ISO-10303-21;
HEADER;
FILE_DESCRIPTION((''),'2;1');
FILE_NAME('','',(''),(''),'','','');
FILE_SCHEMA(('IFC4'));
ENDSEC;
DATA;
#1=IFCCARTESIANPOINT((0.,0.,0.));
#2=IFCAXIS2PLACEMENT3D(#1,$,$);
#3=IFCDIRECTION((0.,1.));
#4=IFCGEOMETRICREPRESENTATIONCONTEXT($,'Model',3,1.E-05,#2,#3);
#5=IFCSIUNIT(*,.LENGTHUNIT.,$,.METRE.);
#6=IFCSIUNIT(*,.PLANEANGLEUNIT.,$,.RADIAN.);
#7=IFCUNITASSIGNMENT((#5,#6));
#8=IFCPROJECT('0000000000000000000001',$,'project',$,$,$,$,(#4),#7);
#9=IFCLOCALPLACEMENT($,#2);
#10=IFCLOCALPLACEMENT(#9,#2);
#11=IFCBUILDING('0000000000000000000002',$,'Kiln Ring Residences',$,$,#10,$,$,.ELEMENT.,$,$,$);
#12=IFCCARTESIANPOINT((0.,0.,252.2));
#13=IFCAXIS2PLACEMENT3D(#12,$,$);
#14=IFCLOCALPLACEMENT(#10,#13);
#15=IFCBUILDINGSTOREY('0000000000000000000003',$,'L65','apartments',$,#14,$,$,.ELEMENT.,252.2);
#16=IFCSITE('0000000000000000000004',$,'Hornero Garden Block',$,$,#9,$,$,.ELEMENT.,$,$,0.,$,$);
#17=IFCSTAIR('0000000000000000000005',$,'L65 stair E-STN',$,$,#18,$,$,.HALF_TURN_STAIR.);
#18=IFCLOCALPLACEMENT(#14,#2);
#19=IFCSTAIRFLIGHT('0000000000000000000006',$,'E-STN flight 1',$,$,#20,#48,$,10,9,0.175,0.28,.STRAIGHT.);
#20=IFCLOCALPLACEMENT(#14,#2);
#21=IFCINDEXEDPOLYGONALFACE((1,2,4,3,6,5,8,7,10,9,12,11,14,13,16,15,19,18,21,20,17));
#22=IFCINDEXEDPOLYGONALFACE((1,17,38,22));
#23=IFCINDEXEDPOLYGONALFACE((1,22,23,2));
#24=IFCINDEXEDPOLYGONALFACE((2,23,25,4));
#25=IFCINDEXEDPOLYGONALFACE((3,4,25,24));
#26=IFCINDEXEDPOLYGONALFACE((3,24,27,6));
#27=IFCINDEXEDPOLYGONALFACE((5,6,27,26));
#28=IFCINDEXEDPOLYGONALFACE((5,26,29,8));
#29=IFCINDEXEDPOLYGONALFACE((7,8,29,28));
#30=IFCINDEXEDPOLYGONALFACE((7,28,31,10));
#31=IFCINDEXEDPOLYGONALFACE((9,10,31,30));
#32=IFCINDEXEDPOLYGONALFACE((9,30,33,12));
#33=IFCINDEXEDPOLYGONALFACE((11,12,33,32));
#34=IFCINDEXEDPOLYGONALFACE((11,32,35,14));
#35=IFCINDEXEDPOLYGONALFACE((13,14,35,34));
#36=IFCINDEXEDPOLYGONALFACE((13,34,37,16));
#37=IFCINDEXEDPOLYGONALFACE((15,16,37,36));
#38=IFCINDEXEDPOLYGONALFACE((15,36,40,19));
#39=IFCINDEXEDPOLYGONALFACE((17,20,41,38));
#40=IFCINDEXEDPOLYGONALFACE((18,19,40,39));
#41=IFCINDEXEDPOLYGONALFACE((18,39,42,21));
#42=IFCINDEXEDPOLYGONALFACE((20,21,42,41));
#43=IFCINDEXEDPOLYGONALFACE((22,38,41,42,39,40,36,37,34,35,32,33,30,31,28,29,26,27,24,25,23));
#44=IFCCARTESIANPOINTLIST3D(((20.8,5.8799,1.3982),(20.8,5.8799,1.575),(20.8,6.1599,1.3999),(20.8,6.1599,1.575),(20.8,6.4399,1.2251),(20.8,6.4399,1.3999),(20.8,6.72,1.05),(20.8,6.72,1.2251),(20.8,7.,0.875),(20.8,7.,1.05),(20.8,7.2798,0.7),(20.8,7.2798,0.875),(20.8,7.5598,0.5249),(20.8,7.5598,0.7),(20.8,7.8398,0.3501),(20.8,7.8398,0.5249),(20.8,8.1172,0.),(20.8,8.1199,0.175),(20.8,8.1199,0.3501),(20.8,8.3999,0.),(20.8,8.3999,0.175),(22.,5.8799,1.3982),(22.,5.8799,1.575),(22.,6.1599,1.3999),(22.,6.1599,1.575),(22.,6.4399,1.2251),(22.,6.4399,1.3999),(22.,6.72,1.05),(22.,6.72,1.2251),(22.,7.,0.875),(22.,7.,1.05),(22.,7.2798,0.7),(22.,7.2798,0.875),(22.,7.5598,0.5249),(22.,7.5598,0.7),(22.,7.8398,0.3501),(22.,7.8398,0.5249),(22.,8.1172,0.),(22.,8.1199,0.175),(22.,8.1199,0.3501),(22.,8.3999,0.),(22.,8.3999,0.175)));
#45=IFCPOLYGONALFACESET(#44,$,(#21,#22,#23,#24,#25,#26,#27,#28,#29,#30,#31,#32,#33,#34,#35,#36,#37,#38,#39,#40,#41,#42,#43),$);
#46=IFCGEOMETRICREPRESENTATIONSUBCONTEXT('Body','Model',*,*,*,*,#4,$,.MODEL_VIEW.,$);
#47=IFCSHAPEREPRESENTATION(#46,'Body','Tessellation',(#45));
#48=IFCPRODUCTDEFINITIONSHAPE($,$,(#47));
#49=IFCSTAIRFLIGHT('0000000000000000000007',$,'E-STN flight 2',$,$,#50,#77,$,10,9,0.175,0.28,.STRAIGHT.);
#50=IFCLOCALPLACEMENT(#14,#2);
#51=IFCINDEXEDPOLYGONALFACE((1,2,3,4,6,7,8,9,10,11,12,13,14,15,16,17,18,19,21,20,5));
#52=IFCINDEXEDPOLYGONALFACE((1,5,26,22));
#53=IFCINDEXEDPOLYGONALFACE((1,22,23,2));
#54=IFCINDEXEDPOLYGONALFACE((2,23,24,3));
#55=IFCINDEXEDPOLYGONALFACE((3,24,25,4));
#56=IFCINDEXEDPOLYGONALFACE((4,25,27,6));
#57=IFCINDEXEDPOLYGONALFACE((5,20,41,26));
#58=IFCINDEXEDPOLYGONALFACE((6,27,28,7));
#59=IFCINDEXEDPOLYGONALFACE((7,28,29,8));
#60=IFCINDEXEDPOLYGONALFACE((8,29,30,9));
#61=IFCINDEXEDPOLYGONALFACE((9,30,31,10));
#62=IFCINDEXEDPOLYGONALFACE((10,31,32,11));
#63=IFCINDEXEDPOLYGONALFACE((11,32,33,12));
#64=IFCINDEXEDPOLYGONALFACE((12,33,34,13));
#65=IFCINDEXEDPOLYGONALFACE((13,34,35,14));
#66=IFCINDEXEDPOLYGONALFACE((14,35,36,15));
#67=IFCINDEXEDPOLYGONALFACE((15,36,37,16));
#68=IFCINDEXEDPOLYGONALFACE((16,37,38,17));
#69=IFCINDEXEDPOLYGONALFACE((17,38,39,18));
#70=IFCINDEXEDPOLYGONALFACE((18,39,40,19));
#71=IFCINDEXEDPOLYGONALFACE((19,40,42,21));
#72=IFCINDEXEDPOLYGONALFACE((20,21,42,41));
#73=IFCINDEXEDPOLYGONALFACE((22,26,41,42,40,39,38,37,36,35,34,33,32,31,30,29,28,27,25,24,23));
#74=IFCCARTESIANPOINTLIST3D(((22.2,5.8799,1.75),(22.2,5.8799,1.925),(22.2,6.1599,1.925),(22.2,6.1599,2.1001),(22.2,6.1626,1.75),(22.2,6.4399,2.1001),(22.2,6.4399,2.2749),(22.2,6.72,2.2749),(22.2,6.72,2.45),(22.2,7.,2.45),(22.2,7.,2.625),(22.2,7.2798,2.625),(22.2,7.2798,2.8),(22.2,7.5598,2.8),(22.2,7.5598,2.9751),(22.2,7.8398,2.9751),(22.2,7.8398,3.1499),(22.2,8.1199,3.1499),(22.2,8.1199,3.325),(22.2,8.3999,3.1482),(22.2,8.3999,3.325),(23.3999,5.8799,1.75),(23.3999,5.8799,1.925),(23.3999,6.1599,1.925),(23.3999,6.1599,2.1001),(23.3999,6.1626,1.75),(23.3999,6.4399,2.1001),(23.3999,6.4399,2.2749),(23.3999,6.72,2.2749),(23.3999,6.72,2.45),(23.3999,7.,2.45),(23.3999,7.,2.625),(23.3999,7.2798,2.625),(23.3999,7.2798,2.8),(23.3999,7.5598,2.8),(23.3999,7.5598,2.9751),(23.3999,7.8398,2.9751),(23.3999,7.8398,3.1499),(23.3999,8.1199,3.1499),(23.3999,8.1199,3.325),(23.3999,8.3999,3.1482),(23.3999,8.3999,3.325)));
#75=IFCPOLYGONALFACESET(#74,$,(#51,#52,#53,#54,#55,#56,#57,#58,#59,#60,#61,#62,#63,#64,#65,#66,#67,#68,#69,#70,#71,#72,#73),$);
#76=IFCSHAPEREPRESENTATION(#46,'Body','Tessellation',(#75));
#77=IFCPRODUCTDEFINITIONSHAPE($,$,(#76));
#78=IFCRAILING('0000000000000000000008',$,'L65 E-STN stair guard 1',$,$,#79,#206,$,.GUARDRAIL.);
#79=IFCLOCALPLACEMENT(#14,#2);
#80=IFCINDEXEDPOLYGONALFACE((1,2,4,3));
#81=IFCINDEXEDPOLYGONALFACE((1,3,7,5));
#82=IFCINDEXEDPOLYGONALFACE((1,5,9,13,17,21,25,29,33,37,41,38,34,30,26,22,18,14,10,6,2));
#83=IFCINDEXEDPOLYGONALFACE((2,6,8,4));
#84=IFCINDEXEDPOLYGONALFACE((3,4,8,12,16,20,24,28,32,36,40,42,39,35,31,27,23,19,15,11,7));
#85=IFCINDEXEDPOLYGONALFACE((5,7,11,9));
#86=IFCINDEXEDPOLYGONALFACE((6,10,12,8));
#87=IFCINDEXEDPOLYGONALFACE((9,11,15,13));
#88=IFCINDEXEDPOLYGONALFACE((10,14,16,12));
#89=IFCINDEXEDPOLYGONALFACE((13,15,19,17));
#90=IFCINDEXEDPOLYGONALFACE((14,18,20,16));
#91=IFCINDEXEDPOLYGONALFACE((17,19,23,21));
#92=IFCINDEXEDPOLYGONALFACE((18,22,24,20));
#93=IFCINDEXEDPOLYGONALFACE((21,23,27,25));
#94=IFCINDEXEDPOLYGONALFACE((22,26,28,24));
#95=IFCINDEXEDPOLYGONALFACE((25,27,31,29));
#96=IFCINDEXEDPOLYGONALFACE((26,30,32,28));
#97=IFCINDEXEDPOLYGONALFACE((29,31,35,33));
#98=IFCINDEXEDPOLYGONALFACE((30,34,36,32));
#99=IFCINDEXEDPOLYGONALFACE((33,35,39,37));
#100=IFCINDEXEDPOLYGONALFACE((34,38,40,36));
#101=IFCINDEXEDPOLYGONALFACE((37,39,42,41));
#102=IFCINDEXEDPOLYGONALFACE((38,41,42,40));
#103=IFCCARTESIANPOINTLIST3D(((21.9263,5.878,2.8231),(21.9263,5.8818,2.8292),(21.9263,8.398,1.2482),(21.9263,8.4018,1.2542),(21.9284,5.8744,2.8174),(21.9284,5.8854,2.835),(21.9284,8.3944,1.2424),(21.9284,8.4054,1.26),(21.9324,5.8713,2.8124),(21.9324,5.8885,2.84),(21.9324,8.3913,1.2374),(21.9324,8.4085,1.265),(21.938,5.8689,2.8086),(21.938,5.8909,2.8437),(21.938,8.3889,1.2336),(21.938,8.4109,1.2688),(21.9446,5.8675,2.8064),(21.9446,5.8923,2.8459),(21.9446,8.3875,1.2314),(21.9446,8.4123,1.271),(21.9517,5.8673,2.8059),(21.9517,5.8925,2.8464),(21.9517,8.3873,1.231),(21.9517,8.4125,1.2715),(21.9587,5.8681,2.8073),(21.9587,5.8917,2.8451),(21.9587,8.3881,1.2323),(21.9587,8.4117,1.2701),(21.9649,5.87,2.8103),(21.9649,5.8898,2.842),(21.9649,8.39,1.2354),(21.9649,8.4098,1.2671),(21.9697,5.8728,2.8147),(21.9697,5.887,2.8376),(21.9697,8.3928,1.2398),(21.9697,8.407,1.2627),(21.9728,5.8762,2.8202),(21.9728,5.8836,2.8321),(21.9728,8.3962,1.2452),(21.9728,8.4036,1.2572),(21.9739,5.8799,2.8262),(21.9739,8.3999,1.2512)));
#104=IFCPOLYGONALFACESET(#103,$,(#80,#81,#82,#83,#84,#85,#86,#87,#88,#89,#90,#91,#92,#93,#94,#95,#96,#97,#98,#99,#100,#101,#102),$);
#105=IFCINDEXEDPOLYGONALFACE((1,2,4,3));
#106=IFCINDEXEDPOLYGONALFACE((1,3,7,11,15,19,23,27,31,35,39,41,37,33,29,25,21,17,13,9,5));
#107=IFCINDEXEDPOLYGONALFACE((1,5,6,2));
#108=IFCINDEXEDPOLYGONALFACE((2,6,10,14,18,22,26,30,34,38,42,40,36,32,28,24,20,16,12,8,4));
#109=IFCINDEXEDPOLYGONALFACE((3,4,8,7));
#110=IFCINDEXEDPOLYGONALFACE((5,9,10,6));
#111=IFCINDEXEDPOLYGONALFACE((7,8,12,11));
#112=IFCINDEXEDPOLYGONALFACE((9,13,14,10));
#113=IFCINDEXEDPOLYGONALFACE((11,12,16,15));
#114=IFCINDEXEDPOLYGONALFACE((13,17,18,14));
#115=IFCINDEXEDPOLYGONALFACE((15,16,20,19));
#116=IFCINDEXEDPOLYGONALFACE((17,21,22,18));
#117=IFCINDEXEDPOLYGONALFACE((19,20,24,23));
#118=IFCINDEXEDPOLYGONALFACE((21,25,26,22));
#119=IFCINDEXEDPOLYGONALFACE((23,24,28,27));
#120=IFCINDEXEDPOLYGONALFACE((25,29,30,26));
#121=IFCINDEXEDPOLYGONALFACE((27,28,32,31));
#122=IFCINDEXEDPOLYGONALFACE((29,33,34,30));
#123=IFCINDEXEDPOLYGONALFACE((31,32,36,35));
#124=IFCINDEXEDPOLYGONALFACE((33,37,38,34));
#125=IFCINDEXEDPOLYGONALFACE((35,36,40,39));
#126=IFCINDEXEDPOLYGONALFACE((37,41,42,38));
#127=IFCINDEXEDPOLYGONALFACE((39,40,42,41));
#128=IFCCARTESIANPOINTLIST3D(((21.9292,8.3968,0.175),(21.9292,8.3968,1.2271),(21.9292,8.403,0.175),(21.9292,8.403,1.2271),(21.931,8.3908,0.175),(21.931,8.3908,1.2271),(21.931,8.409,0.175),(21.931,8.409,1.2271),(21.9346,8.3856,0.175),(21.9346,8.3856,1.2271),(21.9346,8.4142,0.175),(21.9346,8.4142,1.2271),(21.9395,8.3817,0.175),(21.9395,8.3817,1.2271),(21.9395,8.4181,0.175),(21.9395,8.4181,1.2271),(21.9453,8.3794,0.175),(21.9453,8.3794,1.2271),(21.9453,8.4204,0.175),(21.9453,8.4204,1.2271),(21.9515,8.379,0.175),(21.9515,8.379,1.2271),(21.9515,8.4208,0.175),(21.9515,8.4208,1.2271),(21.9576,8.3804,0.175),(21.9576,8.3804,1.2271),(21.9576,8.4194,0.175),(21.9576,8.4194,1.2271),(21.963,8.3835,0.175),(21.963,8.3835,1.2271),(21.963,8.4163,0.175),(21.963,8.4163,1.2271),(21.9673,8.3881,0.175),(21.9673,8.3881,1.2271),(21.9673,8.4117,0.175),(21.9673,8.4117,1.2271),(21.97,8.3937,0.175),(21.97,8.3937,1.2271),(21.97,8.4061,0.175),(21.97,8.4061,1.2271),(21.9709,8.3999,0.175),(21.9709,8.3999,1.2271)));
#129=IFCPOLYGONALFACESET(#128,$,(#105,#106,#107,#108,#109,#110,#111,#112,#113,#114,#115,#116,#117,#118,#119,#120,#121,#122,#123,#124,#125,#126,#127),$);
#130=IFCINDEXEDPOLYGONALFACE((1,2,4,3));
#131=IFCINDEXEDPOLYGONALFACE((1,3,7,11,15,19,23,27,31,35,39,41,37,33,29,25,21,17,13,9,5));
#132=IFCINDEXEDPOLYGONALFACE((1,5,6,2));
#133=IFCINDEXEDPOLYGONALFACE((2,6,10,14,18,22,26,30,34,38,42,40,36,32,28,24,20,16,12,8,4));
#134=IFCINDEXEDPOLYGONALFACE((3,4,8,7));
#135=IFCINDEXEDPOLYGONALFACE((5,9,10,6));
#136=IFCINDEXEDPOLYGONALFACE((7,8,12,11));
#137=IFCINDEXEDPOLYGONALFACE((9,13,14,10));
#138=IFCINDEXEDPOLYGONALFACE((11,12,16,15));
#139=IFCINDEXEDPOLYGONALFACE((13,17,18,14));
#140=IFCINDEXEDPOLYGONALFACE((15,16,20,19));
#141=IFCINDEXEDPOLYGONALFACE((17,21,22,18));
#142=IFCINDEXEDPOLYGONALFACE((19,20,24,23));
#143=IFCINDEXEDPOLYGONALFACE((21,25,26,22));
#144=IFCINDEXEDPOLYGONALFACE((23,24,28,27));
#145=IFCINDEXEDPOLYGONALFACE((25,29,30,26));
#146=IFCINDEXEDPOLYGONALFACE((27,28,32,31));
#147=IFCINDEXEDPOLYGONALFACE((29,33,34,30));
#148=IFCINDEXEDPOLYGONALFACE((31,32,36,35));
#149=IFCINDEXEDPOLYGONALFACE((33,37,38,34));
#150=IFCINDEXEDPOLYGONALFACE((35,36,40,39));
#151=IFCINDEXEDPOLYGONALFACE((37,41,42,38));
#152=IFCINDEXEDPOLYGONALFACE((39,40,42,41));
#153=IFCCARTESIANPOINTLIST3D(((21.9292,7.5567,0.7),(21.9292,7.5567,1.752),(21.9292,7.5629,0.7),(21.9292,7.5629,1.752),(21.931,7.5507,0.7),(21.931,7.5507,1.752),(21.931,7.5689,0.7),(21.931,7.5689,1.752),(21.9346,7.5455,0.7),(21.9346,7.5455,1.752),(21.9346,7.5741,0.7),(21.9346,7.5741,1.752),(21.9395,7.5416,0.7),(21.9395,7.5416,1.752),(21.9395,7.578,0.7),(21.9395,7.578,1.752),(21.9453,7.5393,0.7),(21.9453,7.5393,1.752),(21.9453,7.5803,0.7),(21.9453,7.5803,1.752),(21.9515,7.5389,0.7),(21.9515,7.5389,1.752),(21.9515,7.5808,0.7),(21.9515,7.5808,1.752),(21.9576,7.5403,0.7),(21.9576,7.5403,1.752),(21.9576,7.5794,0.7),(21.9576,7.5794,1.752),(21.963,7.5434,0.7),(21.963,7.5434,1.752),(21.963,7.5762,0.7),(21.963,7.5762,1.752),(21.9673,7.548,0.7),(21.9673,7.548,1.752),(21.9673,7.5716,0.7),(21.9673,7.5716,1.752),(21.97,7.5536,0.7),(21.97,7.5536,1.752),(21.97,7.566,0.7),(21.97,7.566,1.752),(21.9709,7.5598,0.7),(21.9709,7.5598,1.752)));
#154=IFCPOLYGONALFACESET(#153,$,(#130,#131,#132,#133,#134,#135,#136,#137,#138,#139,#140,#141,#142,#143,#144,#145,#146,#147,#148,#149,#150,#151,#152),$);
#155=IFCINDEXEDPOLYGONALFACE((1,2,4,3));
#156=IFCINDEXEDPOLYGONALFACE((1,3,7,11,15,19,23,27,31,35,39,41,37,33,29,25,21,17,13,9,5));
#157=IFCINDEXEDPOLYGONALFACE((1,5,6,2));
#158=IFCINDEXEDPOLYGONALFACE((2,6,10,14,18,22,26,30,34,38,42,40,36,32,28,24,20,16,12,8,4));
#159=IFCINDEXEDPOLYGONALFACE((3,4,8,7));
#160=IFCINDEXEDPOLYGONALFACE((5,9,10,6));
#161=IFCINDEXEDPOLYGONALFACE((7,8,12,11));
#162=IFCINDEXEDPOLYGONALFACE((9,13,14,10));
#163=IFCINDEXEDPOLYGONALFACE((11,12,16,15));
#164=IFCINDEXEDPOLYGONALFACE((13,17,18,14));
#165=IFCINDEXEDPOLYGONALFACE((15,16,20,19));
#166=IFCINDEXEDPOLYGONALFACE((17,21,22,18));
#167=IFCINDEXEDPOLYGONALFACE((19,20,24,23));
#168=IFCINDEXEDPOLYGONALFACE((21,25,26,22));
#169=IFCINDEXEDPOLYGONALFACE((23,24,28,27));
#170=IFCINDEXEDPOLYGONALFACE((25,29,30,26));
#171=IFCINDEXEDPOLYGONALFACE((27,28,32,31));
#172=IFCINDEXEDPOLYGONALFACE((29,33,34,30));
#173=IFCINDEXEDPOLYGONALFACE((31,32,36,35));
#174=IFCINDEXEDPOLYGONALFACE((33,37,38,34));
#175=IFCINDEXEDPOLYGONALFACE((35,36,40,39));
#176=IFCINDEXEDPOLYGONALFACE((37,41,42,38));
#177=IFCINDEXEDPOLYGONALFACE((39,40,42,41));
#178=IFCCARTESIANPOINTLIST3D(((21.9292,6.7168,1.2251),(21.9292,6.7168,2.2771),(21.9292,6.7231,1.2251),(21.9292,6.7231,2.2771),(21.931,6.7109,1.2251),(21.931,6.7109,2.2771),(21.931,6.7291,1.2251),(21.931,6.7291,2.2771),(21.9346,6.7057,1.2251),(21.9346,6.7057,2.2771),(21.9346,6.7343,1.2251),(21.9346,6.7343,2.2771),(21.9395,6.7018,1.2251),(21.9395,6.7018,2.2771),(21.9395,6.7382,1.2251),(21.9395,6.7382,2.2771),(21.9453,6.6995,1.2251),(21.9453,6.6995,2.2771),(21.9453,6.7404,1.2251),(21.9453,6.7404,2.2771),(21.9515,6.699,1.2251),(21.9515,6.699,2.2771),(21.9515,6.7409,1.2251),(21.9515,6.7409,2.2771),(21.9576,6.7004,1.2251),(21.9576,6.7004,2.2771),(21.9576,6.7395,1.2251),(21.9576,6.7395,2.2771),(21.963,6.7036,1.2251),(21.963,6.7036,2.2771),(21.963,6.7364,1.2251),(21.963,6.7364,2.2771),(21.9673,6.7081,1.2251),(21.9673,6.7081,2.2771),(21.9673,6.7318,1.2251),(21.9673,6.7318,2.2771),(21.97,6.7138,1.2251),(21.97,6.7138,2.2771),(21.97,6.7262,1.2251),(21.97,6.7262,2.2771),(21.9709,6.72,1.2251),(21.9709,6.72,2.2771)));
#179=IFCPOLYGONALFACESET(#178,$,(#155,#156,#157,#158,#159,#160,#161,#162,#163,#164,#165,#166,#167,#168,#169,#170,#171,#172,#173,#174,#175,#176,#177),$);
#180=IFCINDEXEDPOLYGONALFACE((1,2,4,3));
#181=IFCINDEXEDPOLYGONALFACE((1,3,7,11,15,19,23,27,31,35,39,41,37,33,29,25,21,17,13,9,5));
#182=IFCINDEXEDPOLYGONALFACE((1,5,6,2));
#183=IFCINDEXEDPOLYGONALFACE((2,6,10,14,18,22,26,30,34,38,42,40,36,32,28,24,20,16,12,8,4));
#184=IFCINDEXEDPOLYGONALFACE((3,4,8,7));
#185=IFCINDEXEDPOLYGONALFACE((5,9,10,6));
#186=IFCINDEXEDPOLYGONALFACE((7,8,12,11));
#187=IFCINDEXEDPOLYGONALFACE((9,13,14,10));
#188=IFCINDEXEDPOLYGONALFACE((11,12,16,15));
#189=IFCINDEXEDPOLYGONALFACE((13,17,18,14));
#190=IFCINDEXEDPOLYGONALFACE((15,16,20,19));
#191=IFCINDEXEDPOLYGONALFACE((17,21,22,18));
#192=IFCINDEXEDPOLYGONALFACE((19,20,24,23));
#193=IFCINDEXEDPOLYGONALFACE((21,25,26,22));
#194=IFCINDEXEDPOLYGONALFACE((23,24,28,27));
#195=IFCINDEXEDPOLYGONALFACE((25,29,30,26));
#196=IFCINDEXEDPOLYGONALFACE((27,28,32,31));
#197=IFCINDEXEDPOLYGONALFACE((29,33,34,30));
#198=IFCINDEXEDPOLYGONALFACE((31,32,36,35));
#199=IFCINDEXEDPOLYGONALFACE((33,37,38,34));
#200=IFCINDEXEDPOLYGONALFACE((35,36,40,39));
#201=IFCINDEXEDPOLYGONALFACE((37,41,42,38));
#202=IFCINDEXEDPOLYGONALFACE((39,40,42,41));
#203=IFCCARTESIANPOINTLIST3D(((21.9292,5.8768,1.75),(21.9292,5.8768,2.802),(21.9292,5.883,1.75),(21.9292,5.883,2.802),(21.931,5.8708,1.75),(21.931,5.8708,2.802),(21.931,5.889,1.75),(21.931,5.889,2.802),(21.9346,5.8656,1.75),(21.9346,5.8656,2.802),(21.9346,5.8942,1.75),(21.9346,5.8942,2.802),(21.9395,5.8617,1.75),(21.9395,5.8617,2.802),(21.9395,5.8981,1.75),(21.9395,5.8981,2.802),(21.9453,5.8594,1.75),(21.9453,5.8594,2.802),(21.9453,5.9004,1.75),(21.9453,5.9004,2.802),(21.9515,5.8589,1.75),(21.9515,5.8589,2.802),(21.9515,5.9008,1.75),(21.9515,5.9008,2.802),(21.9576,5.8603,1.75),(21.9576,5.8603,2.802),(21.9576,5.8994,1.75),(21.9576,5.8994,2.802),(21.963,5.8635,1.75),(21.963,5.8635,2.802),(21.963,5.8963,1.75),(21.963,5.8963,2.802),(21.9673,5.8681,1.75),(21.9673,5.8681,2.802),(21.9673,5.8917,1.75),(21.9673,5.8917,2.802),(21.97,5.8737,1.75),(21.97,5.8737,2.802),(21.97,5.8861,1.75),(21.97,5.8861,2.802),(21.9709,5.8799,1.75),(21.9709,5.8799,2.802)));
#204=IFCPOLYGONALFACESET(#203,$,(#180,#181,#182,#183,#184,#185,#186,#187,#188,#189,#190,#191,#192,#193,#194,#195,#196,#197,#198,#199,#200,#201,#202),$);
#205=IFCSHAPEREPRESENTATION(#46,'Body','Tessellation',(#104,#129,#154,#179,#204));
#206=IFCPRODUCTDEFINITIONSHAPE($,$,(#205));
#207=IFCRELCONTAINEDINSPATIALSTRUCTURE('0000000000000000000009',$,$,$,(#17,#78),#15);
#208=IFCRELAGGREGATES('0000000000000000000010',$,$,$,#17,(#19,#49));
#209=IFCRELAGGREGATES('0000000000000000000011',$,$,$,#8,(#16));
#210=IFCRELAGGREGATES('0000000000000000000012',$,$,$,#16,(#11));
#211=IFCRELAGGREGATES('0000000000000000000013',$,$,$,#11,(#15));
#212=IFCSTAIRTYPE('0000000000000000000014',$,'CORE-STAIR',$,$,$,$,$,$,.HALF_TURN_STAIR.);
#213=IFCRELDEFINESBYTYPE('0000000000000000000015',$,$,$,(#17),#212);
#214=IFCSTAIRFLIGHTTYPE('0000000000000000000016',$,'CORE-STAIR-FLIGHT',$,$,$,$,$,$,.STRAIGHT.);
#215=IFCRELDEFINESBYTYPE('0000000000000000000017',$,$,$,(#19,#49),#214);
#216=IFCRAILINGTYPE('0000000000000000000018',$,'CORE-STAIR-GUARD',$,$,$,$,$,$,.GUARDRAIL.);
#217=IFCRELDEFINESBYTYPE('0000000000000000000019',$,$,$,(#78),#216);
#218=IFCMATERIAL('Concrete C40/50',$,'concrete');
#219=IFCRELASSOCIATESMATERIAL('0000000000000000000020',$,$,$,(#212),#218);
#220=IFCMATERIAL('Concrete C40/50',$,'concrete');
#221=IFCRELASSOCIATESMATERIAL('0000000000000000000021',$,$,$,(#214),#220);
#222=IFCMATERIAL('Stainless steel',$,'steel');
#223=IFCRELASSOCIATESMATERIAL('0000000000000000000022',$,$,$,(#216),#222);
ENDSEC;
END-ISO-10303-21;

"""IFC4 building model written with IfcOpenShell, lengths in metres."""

from ifc_helpers import new_model, si_unit, direction, frame, origin, origin_2d, place, context, subcontext, project, spatial, polyline, circle, outline, extrude, material, type_object, element, aggregate, save


model = new_model("IFC4")

# Units and contexts
model_context = context("Model", 3, precision=1e-05, world=origin(), true_north=direction((0.0, 1.0)))
body_context = subcontext(model_context, "Body", "Model", "MODEL_VIEW")
ifc_project = project(units=[si_unit("LENGTHUNIT", "METRE"), si_unit("PLANEANGLEUNIT", "RADIAN")], contexts=[model_context])

# Site, building, storey
site_placement = place(None, origin())
site = spatial("IfcSite", under=ifc_project, at=site_placement, Name="Hornero Garden Block", CompositionType="ELEMENT", RefElevation=0.0)
building_placement = place(site_placement, origin())
building = spatial("IfcBuilding", under=site, at=building_placement, Name="Kiln Ring Residences", CompositionType="ELEMENT")
storey_placement = place(building_placement, frame((0.0, 0.0, 252.2)))
storey = spatial("IfcBuildingStorey", under=building, at=storey_placement, Name="L65", Description="apartments", CompositionType="ELEMENT", Elevation=252.2)

# Stair, stair flights
ifc_material_1 = material(Name="Concrete C40/50", Category="concrete")
stair_type = type_object("IfcStairType", Name="CORE-STAIR", PredefinedType="HALF_TURN_STAIR", material=ifc_material_1)
stair_placement = place(storey_placement, origin())
stair = element("IfcStair", 1, at=stair_placement, inside=storey, type_object=stair_type, Name="L65 stair E-STN", PredefinedType="HALF_TURN_STAIR")
ifc_material_2 = material(Name="Concrete C40/50", Category="concrete")
stair_flight_type = type_object("IfcStairFlightType", Name="CORE-STAIR-FLIGHT", PredefinedType="STRAIGHT", material=ifc_material_2)
stair_flight_1_placement = place(storey_placement, frame((21.3999, 8.3999, 0.0), z_axis=(0.0, 0.0, 1.0), x_axis=(0.0, -1.0, 0.0)))
stair_flight_1 = element("IfcStairFlight", 2, at=stair_flight_1_placement, type_object=stair_flight_type, Name="E-STN flight 1", NumberOfRisers=10, NumberOfTreads=9, PredefinedType="STRAIGHT", RiserHeight=0.175, TreadLength=0.28, context=body_context, shape_type="SweptSolid", body=[
    extrude(outline(polyline([(0.0, 0.0), (0.0, 0.175), (0.28, 0.175), (0.28, 0.3501), (0.5601, 0.3501), (0.5601, 0.5249), (0.8401, 0.5249), (0.8401, 0.7), (1.1201, 0.7), (1.1201, 0.875), (1.3999, 0.875), (1.3999, 1.05), (1.6799, 1.05), (1.6799, 1.2251), (1.96, 1.2251), (1.96, 1.3999), (2.24, 1.3999), (2.24, 1.575), (2.52, 1.575), (2.52, 1.75), (2.52, 1.3982), (0.2827, 0.0), (0.0, 0.0)])), frame((0.0, 0.6001, 0.0), z_axis=(0.0, -1.0, 0.0), x_axis=(1.0, 0.0, 0.0)), (0.0, 0.0, 1.0), 1.2),
])
stair_flight_2_placement = place(storey_placement, frame((22.8, 5.8799, 1.75), z_axis=(0.0, 0.0, 1.0), x_axis=(0.0, 1.0, 0.0)))
stair_flight_2 = element("IfcStairFlight", 3, at=stair_flight_2_placement, type_object=stair_flight_type, Name="E-STN flight 2", NumberOfRisers=10, NumberOfTreads=9, PredefinedType="STRAIGHT", RiserHeight=0.175, TreadLength=0.28, context=body_context, shape_type="SweptSolid", body=[
    extrude(outline(polyline([(0.0, 0.0), (0.0, 0.175), (0.28, 0.175), (0.28, 0.3501), (0.5601, 0.3501), (0.5601, 0.5249), (0.8401, 0.5249), (0.8401, 0.7), (1.1201, 0.7), (1.1201, 0.875), (1.3999, 0.875), (1.3999, 1.05), (1.6799, 1.05), (1.6799, 1.2251), (1.96, 1.2251), (1.96, 1.3999), (2.24, 1.3999), (2.24, 1.575), (2.52, 1.575), (2.52, 1.75), (2.52, 1.3982), (0.2827, 0.0), (0.0, 0.0)])), frame((0.0, 0.6001, 0.0), z_axis=(0.0, -1.0, 0.0), x_axis=(1.0, 0.0, 0.0)), (0.0, 0.0, 1.0), 1.2),
])
aggregate(stair, [stair_flight_1, stair_flight_2])

# Railing
ifc_material_3 = material(Name="Stainless steel", Category="steel")
railing_type_1 = type_object("IfcRailingType", Name="CORE-STAIR-GUARD", PredefinedType="GUARDRAIL", material=ifc_material_3)
railing_1_placement = place(storey_placement, frame((21.95, 8.3999, 0.175)))
element("IfcRailing", 4, at=railing_1_placement, inside=storey, type_object=railing_type_1, Name="L65 E-STN stair guard 1", PredefinedType="GUARDRAIL", context=body_context, shape_type="SweptSolid", body=[
    extrude(circle(Radius=0.0239, at=origin_2d()), frame((0.0, 0.0, 1.0762), z_axis=(0.0, -0.848008, 0.529984), x_axis=(1.0, 0.0, 0.0)), (0.0, 0.0, 1.0), 2.9717),
    extrude(circle(Radius=0.021, at=origin_2d()), origin(), (0.0, 0.0, 1.0), 1.052),
    extrude(circle(Radius=0.021, at=origin_2d()), frame((0.0, -0.8401, 0.5249)), (0.0, 0.0, 1.0), 1.052),
    extrude(circle(Radius=0.021, at=origin_2d()), frame((0.0, -1.6799, 1.05)), (0.0, 0.0, 1.0), 1.052),
    extrude(circle(Radius=0.021, at=origin_2d()), frame((0.0, -2.52, 1.575)), (0.0, 0.0, 1.0), 1.052),
])

save(model, "model.ifc")
